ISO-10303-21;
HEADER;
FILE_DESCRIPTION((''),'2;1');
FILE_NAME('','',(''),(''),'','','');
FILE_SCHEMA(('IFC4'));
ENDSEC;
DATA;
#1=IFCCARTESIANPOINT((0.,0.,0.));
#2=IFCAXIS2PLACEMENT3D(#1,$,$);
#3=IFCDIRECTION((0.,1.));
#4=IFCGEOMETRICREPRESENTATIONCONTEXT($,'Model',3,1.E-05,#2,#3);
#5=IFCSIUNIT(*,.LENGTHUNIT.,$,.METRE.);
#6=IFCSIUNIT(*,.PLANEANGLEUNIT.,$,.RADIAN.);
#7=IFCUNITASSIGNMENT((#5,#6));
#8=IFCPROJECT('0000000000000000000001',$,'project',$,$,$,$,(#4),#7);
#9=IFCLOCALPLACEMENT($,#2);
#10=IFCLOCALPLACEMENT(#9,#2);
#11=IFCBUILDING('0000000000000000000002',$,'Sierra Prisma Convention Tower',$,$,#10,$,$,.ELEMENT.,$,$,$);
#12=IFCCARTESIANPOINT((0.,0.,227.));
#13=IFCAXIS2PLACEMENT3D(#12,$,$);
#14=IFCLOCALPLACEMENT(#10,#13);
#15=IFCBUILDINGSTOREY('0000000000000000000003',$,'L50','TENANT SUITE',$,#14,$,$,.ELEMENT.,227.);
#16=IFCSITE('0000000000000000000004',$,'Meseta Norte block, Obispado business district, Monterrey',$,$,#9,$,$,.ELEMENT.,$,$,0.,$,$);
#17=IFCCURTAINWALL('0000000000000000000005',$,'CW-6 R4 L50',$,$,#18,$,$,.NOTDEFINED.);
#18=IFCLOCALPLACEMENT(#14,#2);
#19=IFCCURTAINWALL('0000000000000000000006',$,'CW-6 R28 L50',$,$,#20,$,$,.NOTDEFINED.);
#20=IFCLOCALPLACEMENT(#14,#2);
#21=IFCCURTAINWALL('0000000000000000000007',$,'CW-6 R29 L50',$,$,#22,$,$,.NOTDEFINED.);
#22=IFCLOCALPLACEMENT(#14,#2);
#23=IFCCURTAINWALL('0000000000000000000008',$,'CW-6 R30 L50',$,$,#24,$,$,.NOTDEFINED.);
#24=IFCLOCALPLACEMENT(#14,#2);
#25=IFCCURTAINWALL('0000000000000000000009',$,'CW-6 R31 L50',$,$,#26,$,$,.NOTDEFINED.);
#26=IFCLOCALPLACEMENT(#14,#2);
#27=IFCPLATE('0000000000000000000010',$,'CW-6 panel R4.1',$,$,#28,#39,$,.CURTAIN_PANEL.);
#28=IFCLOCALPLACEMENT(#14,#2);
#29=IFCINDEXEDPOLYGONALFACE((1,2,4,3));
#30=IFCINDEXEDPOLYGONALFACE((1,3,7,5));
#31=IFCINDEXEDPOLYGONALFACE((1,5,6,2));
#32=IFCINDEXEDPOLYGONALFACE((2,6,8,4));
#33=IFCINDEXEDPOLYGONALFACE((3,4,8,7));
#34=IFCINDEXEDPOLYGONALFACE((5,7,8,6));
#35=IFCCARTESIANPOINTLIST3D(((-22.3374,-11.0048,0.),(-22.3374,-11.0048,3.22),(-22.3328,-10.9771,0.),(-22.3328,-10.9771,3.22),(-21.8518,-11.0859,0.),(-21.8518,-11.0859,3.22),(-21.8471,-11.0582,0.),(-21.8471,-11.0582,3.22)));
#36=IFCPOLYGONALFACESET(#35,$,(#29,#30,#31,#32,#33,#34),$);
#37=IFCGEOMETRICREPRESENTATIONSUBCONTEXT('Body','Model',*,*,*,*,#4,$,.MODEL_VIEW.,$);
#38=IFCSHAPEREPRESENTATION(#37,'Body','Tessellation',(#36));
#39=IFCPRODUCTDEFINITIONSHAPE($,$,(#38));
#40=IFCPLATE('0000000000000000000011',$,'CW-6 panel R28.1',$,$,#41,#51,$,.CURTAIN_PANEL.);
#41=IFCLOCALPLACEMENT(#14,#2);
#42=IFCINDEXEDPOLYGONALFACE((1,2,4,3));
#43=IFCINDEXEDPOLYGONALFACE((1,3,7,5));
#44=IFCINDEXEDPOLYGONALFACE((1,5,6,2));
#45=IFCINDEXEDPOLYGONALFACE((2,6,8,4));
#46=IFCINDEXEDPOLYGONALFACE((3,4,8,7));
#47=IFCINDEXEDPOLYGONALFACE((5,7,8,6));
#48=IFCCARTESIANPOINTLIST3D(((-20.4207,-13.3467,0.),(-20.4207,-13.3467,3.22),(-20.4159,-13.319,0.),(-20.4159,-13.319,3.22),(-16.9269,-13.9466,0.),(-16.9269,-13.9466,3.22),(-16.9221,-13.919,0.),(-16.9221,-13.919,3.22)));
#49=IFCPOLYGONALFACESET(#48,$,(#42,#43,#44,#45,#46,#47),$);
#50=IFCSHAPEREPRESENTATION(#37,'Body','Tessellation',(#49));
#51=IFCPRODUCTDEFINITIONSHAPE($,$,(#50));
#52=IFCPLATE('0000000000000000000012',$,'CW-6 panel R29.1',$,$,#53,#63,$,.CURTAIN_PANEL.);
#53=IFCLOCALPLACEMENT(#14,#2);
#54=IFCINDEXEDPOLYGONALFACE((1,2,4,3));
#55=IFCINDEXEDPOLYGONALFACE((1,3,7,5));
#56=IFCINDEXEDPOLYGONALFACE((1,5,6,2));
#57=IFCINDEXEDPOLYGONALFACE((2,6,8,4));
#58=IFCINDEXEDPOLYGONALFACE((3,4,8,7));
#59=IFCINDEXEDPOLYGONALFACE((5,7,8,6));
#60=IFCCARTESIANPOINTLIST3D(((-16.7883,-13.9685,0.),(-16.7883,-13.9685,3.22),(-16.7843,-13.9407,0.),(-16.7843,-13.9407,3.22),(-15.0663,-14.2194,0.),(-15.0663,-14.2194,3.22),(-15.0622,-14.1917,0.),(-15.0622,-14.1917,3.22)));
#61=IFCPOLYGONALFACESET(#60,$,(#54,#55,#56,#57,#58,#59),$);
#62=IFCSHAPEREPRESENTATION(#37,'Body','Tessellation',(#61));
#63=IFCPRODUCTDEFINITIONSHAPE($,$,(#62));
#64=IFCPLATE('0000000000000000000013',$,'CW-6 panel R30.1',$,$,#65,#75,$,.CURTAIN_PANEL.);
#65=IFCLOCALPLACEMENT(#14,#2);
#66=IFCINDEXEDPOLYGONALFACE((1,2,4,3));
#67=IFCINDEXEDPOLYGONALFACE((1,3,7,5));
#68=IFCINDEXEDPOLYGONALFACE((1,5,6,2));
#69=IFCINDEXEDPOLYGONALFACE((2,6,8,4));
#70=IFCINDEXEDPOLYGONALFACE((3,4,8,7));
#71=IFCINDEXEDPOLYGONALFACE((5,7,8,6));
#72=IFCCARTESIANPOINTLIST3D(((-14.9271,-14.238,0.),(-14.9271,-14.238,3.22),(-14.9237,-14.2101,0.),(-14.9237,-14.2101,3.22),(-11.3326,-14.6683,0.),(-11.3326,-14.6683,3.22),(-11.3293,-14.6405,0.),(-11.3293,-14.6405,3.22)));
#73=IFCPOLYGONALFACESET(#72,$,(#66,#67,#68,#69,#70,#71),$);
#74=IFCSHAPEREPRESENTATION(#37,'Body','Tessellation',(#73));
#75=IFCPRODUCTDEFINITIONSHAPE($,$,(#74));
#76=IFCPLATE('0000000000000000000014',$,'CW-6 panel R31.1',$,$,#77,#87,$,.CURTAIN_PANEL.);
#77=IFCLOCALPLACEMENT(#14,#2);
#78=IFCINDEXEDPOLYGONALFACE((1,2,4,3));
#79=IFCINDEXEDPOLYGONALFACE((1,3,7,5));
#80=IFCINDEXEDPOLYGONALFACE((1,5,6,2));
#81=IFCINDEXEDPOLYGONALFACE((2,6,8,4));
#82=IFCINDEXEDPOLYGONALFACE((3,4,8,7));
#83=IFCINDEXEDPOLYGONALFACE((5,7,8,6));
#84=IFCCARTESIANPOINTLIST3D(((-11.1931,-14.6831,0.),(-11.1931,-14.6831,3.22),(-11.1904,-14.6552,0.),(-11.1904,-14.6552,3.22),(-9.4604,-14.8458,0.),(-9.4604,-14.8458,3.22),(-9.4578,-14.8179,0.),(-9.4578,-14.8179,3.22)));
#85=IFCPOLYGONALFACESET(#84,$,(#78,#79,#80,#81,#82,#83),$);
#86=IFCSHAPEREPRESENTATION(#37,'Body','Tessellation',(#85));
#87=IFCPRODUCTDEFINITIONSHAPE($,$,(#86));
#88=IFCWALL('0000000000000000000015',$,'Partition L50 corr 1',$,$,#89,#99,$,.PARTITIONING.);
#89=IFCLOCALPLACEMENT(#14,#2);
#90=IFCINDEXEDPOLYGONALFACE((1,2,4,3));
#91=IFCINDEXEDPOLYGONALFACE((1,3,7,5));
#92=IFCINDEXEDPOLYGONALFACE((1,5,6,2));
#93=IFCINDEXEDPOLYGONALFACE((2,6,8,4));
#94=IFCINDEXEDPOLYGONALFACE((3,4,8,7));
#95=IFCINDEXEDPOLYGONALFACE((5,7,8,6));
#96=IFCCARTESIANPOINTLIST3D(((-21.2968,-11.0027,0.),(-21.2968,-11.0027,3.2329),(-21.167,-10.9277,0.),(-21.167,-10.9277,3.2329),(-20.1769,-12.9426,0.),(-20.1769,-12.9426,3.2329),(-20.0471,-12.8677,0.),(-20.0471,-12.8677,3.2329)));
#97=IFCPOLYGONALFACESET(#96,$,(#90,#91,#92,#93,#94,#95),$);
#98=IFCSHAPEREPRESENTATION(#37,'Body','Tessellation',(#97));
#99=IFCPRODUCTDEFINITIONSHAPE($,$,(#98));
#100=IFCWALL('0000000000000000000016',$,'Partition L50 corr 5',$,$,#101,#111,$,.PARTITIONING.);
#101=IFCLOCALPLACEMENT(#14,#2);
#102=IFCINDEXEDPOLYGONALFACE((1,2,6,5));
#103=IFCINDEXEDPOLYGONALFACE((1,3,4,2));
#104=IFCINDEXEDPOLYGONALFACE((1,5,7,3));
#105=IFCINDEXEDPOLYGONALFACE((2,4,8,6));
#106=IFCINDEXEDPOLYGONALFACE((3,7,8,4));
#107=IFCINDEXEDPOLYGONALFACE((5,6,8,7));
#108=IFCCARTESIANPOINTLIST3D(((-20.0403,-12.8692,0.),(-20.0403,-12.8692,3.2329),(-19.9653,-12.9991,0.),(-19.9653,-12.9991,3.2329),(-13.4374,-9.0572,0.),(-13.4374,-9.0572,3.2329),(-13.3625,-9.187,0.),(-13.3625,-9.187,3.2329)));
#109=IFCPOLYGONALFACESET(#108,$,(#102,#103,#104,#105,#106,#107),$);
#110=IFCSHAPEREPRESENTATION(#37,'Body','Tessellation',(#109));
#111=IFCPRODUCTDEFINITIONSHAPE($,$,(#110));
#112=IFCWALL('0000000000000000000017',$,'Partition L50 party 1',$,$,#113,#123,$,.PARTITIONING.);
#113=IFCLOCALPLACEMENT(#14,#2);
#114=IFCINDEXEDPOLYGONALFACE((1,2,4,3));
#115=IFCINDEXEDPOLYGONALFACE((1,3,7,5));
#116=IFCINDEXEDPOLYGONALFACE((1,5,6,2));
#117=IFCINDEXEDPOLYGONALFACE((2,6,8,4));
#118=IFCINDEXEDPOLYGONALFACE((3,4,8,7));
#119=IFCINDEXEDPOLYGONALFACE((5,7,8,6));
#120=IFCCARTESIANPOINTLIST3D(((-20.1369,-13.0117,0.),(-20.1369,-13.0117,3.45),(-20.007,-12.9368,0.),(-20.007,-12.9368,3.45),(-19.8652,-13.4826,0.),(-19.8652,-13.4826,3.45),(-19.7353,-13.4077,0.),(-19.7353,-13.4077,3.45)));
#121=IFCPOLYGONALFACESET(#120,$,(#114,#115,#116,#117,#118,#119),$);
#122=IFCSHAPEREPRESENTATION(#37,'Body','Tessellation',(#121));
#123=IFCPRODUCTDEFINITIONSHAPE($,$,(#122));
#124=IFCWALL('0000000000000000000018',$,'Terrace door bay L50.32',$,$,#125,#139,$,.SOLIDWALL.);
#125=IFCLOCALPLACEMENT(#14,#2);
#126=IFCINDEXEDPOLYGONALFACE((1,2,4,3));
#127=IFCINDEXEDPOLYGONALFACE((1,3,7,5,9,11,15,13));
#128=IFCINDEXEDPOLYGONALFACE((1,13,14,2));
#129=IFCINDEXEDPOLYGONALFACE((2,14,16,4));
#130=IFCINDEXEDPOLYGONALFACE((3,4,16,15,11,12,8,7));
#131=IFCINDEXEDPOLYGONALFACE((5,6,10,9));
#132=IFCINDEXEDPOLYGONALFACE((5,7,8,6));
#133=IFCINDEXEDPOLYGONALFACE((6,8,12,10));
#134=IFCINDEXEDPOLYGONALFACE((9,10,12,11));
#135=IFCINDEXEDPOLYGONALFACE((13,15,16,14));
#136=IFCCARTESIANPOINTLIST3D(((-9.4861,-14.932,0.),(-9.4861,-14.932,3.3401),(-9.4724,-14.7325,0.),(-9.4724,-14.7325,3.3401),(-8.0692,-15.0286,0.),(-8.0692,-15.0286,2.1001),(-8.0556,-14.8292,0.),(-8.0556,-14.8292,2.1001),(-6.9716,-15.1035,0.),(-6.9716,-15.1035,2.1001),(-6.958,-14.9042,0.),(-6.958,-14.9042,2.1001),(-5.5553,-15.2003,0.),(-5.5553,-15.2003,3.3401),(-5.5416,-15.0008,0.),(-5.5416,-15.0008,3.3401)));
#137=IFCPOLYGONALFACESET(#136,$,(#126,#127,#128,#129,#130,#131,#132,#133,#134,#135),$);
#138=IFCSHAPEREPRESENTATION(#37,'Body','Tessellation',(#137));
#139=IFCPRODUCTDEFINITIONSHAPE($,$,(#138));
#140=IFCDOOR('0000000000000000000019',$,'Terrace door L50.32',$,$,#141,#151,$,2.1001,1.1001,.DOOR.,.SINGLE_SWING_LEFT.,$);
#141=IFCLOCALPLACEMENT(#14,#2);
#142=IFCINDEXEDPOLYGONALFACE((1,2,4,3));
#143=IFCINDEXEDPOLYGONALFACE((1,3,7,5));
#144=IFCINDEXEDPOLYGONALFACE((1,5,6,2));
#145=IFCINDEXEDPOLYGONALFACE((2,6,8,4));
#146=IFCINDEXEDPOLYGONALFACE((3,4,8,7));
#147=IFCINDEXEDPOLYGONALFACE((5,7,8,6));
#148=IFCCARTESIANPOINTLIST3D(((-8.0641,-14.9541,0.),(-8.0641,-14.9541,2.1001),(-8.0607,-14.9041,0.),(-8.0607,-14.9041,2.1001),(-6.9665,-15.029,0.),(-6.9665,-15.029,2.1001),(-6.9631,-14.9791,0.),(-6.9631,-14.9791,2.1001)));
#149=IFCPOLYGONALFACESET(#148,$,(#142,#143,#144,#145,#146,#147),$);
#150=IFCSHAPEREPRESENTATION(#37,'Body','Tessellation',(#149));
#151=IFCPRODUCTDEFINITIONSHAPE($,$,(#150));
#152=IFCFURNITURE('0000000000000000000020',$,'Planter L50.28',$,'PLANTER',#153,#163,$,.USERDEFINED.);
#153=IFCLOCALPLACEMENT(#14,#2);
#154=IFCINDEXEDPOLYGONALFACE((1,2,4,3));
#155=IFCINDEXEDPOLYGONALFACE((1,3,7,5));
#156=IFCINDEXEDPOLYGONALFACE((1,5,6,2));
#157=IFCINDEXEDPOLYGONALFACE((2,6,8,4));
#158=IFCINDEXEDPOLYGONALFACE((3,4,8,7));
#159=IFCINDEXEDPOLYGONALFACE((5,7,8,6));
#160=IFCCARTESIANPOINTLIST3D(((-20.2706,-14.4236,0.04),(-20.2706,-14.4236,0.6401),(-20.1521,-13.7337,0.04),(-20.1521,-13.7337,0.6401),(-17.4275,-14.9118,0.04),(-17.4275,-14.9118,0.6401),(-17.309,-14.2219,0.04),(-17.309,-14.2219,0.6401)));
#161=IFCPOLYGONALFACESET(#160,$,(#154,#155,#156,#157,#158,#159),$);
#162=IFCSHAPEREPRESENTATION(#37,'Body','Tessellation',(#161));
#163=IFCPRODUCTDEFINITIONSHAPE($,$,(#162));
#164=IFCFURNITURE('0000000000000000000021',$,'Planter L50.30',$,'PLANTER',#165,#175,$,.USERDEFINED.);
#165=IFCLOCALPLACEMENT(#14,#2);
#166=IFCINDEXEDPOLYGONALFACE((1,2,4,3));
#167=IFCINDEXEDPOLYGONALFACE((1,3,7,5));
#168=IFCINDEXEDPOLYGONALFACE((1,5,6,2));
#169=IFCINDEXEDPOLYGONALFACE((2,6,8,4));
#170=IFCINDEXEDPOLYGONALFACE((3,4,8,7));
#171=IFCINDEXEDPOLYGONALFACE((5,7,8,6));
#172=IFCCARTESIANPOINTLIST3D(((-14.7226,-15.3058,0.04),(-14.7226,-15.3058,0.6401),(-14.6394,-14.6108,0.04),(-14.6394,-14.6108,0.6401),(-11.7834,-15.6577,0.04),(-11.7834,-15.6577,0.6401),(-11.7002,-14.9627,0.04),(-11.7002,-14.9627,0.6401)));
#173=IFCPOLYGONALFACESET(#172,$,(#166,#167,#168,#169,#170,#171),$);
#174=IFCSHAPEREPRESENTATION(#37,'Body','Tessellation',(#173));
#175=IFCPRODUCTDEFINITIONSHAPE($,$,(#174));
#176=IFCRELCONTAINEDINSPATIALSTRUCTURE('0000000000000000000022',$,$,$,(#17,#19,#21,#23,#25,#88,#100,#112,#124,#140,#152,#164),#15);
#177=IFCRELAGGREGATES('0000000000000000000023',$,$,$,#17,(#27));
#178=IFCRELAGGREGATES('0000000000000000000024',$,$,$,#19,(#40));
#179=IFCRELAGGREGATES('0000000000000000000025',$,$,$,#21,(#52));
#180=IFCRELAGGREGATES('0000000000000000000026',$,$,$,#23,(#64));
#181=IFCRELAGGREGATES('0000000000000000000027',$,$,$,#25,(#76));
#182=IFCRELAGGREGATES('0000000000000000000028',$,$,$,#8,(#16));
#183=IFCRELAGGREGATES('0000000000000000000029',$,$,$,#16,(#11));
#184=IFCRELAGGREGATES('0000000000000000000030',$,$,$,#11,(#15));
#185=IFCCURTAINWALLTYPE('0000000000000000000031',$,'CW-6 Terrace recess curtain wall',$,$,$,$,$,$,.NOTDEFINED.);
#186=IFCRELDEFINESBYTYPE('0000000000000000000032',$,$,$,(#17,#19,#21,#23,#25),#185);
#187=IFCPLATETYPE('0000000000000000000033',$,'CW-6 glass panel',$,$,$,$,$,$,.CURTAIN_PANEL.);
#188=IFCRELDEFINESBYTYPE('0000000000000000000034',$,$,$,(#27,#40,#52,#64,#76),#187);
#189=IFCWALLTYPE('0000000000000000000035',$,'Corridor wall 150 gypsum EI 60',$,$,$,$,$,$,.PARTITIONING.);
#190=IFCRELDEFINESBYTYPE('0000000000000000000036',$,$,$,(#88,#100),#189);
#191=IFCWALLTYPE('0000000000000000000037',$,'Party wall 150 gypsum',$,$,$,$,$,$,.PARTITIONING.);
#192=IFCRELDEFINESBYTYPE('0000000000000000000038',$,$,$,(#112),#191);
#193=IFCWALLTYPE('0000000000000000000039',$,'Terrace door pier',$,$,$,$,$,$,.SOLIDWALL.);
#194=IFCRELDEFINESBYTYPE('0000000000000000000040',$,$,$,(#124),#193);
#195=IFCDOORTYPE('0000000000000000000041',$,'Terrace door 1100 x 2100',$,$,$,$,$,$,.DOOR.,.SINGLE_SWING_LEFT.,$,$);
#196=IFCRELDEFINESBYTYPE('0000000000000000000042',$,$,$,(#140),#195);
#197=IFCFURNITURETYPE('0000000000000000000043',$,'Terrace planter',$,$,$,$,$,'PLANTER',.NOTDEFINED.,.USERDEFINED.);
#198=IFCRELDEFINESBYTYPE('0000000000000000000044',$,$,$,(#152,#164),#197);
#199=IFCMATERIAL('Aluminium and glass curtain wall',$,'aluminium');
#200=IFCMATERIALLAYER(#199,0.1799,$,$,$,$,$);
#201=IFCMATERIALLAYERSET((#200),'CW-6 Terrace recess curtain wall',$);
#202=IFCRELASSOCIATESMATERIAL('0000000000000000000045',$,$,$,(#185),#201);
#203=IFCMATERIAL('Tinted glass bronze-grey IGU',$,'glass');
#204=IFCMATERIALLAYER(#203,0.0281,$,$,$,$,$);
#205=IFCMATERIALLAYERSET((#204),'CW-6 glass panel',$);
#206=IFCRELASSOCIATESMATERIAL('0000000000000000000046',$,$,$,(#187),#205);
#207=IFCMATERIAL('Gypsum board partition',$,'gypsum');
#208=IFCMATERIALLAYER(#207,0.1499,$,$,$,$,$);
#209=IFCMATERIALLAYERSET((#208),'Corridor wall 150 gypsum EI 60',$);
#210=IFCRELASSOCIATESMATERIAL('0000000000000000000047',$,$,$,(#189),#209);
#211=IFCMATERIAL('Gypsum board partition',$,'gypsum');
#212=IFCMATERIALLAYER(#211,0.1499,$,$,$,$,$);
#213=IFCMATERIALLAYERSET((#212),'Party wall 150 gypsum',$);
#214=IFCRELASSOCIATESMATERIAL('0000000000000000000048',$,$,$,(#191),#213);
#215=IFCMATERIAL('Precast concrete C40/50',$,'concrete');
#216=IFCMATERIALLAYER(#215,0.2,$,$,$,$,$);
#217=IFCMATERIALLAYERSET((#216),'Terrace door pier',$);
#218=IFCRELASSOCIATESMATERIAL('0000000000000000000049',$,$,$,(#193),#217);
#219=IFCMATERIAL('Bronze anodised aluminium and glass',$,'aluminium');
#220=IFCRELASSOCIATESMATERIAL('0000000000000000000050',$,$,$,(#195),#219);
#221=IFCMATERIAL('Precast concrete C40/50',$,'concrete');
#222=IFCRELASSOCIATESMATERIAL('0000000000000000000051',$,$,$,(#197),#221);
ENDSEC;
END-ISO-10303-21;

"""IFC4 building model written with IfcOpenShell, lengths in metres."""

from ifc_helpers import new_model, si_unit, direction, frame, frame_2d, origin, origin_2d, place, context, subcontext, project, spatial, rectangle, extrude, material, layer, layer_set, type_object, element, fill, aggregate, save


model = new_model("IFC4")

# Units and contexts
model_context = context("Model", 3, precision=1e-05, world=origin(), true_north=direction((0.0, 1.0)))
body_context = subcontext(model_context, "Body", "Model", "MODEL_VIEW")
ifc_project = project(units=[si_unit("LENGTHUNIT", "METRE"), si_unit("PLANEANGLEUNIT", "RADIAN")], contexts=[model_context])

# Site, building, storey
site_placement = place(None, origin())
site = spatial("IfcSite", under=ifc_project, at=site_placement, Name="Meseta Norte block, Obispado business district, Monterrey", CompositionType="ELEMENT", RefElevation=0.0)
building_placement = place(site_placement, origin())
building = spatial("IfcBuilding", under=site, at=building_placement, Name="Sierra Prisma Convention Tower", CompositionType="ELEMENT")
storey_placement = place(building_placement, frame((0.0, 0.0, 227.0)))
storey = spatial("IfcBuildingStorey", under=building, at=storey_placement, Name="L50", Description="TENANT SUITE", CompositionType="ELEMENT", Elevation=227.0)

# Curtain walls
ifc_material_1 = material(Name="Aluminium and glass curtain wall", Category="aluminium")
ifc_layer_1 = layer(ifc_material_1, 0.1799)
ifc_layer_set_1 = layer_set([ifc_layer_1], Name="CW-6 Terrace recess curtain wall")
curtain_wall_type = type_object("IfcCurtainWallType", Name="CW-6 Terrace recess curtain wall", PredefinedType="NOTDEFINED", material=ifc_layer_set_1)
curtain_wall_1_placement = place(storey_placement, origin())
curtain_wall_1 = element("IfcCurtainWall", 1, at=curtain_wall_1_placement, inside=storey, type_object=curtain_wall_type, Name="CW-6 R4 L50", PredefinedType="NOTDEFINED")
curtain_wall_2_placement = place(storey_placement, origin())
curtain_wall_2 = element("IfcCurtainWall", 2, at=curtain_wall_2_placement, inside=storey, type_object=curtain_wall_type, Name="CW-6 R28 L50", PredefinedType="NOTDEFINED")
curtain_wall_3_placement = place(storey_placement, origin())
curtain_wall_3 = element("IfcCurtainWall", 3, at=curtain_wall_3_placement, inside=storey, type_object=curtain_wall_type, Name="CW-6 R29 L50", PredefinedType="NOTDEFINED")
curtain_wall_4_placement = place(storey_placement, origin())
curtain_wall_4 = element("IfcCurtainWall", 4, at=curtain_wall_4_placement, inside=storey, type_object=curtain_wall_type, Name="CW-6 R30 L50", PredefinedType="NOTDEFINED")
curtain_wall_5_placement = place(storey_placement, origin())
curtain_wall_5 = element("IfcCurtainWall", 5, at=curtain_wall_5_placement, inside=storey, type_object=curtain_wall_type, Name="CW-6 R31 L50", PredefinedType="NOTDEFINED")

# Plates
ifc_material_2 = material(Name="Tinted glass bronze-grey IGU", Category="glass")
ifc_layer_2 = layer(ifc_material_2, 0.0281)
ifc_layer_set_2 = layer_set([ifc_layer_2], Name="CW-6 glass panel")
plate_type = type_object("IfcPlateType", Name="CW-6 glass panel", PredefinedType="CURTAIN_PANEL", material=ifc_layer_set_2)
plate_1_placement = place(storey_placement, frame((-22.0923, -11.0315, 0.0), z_axis=(0.0, 0.0, 1.0), x_axis=(-0.986319, 0.164851, 0.0)))
plate_1 = element("IfcPlate", 6, at=plate_1_placement, type_object=plate_type, Name="CW-6 panel R4.1", PredefinedType="CURTAIN_PANEL", context=body_context, shape_type="SweptSolid", body=[
    extrude(rectangle(XDim=0.4924, YDim=0.0281, at=origin_2d()), origin(), (0.0, 0.0, 1.0), 3.22),
])
aggregate(curtain_wall_1, [plate_1])
plate_2_placement = place(storey_placement, frame((-18.6714, -13.6328, 0.0), z_axis=(0.0, 0.0, 1.0), x_axis=(0.985574, -0.169246, 0.0)))
plate_2 = element("IfcPlate", 7, at=plate_2_placement, type_object=plate_type, Name="CW-6 panel R28.1", PredefinedType="CURTAIN_PANEL", context=body_context, shape_type="SweptSolid", body=[
    extrude(rectangle(XDim=3.5449, YDim=0.0281, at=origin_2d()), origin(), (0.0, 0.0, 1.0), 3.22),
])
aggregate(curtain_wall_2, [plate_2])
plate_3_placement = place(storey_placement, frame((-15.9253, -14.0801, 0.0), z_axis=(0.0, 0.0, 1.0), x_axis=(0.989549, -0.144198, 0.0)))
plate_3 = element("IfcPlate", 8, at=plate_3_placement, type_object=plate_type, Name="CW-6 panel R29.1", PredefinedType="CURTAIN_PANEL", context=body_context, shape_type="SweptSolid", body=[
    extrude(rectangle(XDim=1.7402, YDim=0.0281, at=origin_2d()), origin(), (0.0, 0.0, 1.0), 3.22),
])
aggregate(curtain_wall_3, [plate_3])
plate_4_placement = place(storey_placement, frame((-13.1282, -14.4392, 0.0), z_axis=(0.0, 0.0, 1.0), x_axis=(0.992908, -0.118885, 0.0)))
plate_4 = element("IfcPlate", 9, at=plate_4_placement, type_object=plate_type, Name="CW-6 panel R30.1", PredefinedType="CURTAIN_PANEL", context=body_context, shape_type="SweptSolid", body=[
    extrude(rectangle(XDim=3.6201, YDim=0.0281, at=origin_2d()), origin(), (0.0, 0.0, 1.0), 3.22),
])
aggregate(curtain_wall_4, [plate_4])
plate_5_placement = place(storey_placement, frame((-10.3254, -14.7505, 0.0), z_axis=(0.0, 0.0, 1.0), x_axis=(0.99562, -0.093494, 0.0)))
plate_5 = element("IfcPlate", 10, at=plate_5_placement, type_object=plate_type, Name="CW-6 panel R31.1", PredefinedType="CURTAIN_PANEL", context=body_context, shape_type="SweptSolid", body=[
    extrude(rectangle(XDim=1.7402, YDim=0.0281, at=origin_2d()), origin(), (0.0, 0.0, 1.0), 3.22),
])
aggregate(curtain_wall_5, [plate_5])

# Walls
ifc_material_3 = material(Name="Gypsum board partition", Category="gypsum")
ifc_layer_3 = layer(ifc_material_3, 0.1499)
ifc_layer_set_3 = layer_set([ifc_layer_3], Name="Corridor wall 150 gypsum EI 60")
wall_type_1 = type_object("IfcWallType", Name="Corridor wall 150 gypsum EI 60", PredefinedType="PARTITIONING", material=ifc_layer_set_3)
wall_1_placement = place(storey_placement, frame((-21.2319, -10.9651, 0.0), z_axis=(0.0, 0.0, 1.0), x_axis=(0.499949, -0.866055, 0.0)))
element("IfcWall", 11, at=wall_1_placement, inside=storey, type_object=wall_type_1, Name="Partition L50 corr 1", PredefinedType="PARTITIONING", context=body_context, shape_type="SweptSolid", body=[
    extrude(rectangle(XDim=2.24, YDim=0.1499, at=frame_2d((1.1201, 0.0))), origin(), (0.0, 0.0, 1.0), 3.2329),
])
wall_2_placement = place(storey_placement, frame((-20.0027, -12.9341, 0.0), z_axis=(0.0, 0.0, 1.0), x_axis=(0.866031, 0.499989, 0.0)))
element("IfcWall", 12, at=wall_2_placement, inside=storey, type_object=wall_type_1, Name="Partition L50 corr 5", PredefinedType="PARTITIONING", context=body_context, shape_type="SweptSolid", body=[
    extrude(rectangle(XDim=7.6243, YDim=0.1499, at=frame_2d((3.812, 0.0))), origin(), (0.0, 0.0, 1.0), 3.2329),
])
ifc_material_4 = material(Name="Gypsum board partition", Category="gypsum")
ifc_layer_4 = layer(ifc_material_4, 0.1499)
ifc_layer_set_4 = layer_set([ifc_layer_4], Name="Party wall 150 gypsum")
wall_type_2 = type_object("IfcWallType", Name="Party wall 150 gypsum", PredefinedType="PARTITIONING", material=ifc_layer_set_4)
wall_3_placement = place(storey_placement, frame((-20.072, -12.9741, 0.0), z_axis=(0.0, 0.0, 1.0), x_axis=(0.499761, -0.866163, 0.0)))
element("IfcWall", 13, at=wall_3_placement, inside=storey, type_object=wall_type_2, Name="Partition L50 party 1", PredefinedType="PARTITIONING", context=body_context, shape_type="SweptSolid", body=[
    extrude(rectangle(XDim=0.5437, YDim=0.1499, at=frame_2d((0.272, 0.0))), origin(), (0.0, 0.0, 1.0), 3.45),
])

# Wall, opening, door
ifc_material_5 = material(Name="Precast concrete C40/50", Category="concrete")
ifc_layer_5 = layer(ifc_material_5, 0.2)
ifc_layer_set_5 = layer_set([ifc_layer_5], Name="Terrace door pier")
wall_type_3 = type_object("IfcWallType", Name="Terrace door pier", PredefinedType="SOLIDWALL", material=ifc_layer_set_5)
wall_4_placement = place(storey_placement, frame((-9.4792, -14.8323, 0.0), z_axis=(0.0, 0.0, 1.0), x_axis=(0.997679, -0.068098, 0.0)))
wall_4 = element("IfcWall", 14, at=wall_4_placement, inside=storey, type_object=wall_type_3, Name="Terrace door bay L50.32", PredefinedType="SOLIDWALL", context=body_context, shape_type="SweptSolid", body=[
    extrude(rectangle(XDim=3.9399, YDim=0.2, at=frame_2d((1.97, 0.0))), origin(), (0.0, 0.0, 1.0), 3.3401),
])
opening_placement = place(wall_4_placement, frame((1.4202, 0.0, 0.0)))
opening = element("IfcOpeningElement", 15, at=opening_placement, cuts=wall_4, PredefinedType="OPENING", context=body_context, shape_type="SweptSolid", body=[
    extrude(rectangle(XDim=1.1001, YDim=2.1001, at=frame_2d((0.55, 1.05))), frame((0.0, 0.1001, 0.0), z_axis=(0.0, -1.0, 0.0), x_axis=(1.0, 0.0, 0.0)), (0.0, 0.0, 1.0), 0.2),
])
ifc_material_6 = material(Name="Bronze anodised aluminium and glass", Category="aluminium")
door_type = type_object("IfcDoorType", Name="Terrace door 1100 x 2100", OperationType="SINGLE_SWING_LEFT", PredefinedType="DOOR", material=ifc_material_6)
door_placement = place(opening_placement, origin())
door = element("IfcDoor", 16, at=door_placement, inside=storey, type_object=door_type, Name="Terrace door L50.32", OperationType="SINGLE_SWING_LEFT", OverallHeight=2.1001, OverallWidth=1.1001, PredefinedType="DOOR", context=body_context, shape_type="SweptSolid", body=[
    extrude(rectangle(XDim=1.1001, YDim=2.1001, at=frame_2d((0.55, 1.05))), frame((0.0, 0.0249, 0.0), z_axis=(0.0, -1.0, 0.0), x_axis=(1.0, 0.0, 0.0)), (0.0, 0.0, 1.0), 0.05),
])
fill(opening, door)

# Furniture
ifc_material_7 = material(Name="Precast concrete C40/50", Category="concrete")
furniture_type = type_object("IfcFurnitureType", Name="Terrace planter", ElementType="PLANTER", AssemblyPlace="NOTDEFINED", PredefinedType="USERDEFINED", material=ifc_material_7)
furniture_1_placement = place(storey_placement, frame((-18.7898, -14.3228, 0.04), z_axis=(0.0, 0.0, 1.0), x_axis=(0.985574, -0.169246, 0.0)))
element("IfcFurniture", 17, at=furniture_1_placement, inside=storey, type_object=furniture_type, Name="Planter L50.28", ObjectType="PLANTER", PredefinedType="USERDEFINED", context=body_context, shape_type="SweptSolid", body=[
    extrude(rectangle(XDim=2.8848, YDim=0.7, at=origin_2d()), origin(), (0.0, 0.0, 1.0), 0.6001),
])
furniture_2_placement = place(storey_placement, frame((-13.2114, -15.1343, 0.04), z_axis=(0.0, 0.0, 1.0), x_axis=(0.992908, -0.118885, 0.0)))
element("IfcFurniture", 18, at=furniture_2_placement, inside=storey, type_object=furniture_type, Name="Planter L50.30", ObjectType="PLANTER", PredefinedType="USERDEFINED", context=body_context, shape_type="SweptSolid", body=[
    extrude(rectangle(XDim=2.9602, YDim=0.7, at=origin_2d()), origin(), (0.0, 0.0, 1.0), 0.6001),
])

save(model, "model.ifc")
